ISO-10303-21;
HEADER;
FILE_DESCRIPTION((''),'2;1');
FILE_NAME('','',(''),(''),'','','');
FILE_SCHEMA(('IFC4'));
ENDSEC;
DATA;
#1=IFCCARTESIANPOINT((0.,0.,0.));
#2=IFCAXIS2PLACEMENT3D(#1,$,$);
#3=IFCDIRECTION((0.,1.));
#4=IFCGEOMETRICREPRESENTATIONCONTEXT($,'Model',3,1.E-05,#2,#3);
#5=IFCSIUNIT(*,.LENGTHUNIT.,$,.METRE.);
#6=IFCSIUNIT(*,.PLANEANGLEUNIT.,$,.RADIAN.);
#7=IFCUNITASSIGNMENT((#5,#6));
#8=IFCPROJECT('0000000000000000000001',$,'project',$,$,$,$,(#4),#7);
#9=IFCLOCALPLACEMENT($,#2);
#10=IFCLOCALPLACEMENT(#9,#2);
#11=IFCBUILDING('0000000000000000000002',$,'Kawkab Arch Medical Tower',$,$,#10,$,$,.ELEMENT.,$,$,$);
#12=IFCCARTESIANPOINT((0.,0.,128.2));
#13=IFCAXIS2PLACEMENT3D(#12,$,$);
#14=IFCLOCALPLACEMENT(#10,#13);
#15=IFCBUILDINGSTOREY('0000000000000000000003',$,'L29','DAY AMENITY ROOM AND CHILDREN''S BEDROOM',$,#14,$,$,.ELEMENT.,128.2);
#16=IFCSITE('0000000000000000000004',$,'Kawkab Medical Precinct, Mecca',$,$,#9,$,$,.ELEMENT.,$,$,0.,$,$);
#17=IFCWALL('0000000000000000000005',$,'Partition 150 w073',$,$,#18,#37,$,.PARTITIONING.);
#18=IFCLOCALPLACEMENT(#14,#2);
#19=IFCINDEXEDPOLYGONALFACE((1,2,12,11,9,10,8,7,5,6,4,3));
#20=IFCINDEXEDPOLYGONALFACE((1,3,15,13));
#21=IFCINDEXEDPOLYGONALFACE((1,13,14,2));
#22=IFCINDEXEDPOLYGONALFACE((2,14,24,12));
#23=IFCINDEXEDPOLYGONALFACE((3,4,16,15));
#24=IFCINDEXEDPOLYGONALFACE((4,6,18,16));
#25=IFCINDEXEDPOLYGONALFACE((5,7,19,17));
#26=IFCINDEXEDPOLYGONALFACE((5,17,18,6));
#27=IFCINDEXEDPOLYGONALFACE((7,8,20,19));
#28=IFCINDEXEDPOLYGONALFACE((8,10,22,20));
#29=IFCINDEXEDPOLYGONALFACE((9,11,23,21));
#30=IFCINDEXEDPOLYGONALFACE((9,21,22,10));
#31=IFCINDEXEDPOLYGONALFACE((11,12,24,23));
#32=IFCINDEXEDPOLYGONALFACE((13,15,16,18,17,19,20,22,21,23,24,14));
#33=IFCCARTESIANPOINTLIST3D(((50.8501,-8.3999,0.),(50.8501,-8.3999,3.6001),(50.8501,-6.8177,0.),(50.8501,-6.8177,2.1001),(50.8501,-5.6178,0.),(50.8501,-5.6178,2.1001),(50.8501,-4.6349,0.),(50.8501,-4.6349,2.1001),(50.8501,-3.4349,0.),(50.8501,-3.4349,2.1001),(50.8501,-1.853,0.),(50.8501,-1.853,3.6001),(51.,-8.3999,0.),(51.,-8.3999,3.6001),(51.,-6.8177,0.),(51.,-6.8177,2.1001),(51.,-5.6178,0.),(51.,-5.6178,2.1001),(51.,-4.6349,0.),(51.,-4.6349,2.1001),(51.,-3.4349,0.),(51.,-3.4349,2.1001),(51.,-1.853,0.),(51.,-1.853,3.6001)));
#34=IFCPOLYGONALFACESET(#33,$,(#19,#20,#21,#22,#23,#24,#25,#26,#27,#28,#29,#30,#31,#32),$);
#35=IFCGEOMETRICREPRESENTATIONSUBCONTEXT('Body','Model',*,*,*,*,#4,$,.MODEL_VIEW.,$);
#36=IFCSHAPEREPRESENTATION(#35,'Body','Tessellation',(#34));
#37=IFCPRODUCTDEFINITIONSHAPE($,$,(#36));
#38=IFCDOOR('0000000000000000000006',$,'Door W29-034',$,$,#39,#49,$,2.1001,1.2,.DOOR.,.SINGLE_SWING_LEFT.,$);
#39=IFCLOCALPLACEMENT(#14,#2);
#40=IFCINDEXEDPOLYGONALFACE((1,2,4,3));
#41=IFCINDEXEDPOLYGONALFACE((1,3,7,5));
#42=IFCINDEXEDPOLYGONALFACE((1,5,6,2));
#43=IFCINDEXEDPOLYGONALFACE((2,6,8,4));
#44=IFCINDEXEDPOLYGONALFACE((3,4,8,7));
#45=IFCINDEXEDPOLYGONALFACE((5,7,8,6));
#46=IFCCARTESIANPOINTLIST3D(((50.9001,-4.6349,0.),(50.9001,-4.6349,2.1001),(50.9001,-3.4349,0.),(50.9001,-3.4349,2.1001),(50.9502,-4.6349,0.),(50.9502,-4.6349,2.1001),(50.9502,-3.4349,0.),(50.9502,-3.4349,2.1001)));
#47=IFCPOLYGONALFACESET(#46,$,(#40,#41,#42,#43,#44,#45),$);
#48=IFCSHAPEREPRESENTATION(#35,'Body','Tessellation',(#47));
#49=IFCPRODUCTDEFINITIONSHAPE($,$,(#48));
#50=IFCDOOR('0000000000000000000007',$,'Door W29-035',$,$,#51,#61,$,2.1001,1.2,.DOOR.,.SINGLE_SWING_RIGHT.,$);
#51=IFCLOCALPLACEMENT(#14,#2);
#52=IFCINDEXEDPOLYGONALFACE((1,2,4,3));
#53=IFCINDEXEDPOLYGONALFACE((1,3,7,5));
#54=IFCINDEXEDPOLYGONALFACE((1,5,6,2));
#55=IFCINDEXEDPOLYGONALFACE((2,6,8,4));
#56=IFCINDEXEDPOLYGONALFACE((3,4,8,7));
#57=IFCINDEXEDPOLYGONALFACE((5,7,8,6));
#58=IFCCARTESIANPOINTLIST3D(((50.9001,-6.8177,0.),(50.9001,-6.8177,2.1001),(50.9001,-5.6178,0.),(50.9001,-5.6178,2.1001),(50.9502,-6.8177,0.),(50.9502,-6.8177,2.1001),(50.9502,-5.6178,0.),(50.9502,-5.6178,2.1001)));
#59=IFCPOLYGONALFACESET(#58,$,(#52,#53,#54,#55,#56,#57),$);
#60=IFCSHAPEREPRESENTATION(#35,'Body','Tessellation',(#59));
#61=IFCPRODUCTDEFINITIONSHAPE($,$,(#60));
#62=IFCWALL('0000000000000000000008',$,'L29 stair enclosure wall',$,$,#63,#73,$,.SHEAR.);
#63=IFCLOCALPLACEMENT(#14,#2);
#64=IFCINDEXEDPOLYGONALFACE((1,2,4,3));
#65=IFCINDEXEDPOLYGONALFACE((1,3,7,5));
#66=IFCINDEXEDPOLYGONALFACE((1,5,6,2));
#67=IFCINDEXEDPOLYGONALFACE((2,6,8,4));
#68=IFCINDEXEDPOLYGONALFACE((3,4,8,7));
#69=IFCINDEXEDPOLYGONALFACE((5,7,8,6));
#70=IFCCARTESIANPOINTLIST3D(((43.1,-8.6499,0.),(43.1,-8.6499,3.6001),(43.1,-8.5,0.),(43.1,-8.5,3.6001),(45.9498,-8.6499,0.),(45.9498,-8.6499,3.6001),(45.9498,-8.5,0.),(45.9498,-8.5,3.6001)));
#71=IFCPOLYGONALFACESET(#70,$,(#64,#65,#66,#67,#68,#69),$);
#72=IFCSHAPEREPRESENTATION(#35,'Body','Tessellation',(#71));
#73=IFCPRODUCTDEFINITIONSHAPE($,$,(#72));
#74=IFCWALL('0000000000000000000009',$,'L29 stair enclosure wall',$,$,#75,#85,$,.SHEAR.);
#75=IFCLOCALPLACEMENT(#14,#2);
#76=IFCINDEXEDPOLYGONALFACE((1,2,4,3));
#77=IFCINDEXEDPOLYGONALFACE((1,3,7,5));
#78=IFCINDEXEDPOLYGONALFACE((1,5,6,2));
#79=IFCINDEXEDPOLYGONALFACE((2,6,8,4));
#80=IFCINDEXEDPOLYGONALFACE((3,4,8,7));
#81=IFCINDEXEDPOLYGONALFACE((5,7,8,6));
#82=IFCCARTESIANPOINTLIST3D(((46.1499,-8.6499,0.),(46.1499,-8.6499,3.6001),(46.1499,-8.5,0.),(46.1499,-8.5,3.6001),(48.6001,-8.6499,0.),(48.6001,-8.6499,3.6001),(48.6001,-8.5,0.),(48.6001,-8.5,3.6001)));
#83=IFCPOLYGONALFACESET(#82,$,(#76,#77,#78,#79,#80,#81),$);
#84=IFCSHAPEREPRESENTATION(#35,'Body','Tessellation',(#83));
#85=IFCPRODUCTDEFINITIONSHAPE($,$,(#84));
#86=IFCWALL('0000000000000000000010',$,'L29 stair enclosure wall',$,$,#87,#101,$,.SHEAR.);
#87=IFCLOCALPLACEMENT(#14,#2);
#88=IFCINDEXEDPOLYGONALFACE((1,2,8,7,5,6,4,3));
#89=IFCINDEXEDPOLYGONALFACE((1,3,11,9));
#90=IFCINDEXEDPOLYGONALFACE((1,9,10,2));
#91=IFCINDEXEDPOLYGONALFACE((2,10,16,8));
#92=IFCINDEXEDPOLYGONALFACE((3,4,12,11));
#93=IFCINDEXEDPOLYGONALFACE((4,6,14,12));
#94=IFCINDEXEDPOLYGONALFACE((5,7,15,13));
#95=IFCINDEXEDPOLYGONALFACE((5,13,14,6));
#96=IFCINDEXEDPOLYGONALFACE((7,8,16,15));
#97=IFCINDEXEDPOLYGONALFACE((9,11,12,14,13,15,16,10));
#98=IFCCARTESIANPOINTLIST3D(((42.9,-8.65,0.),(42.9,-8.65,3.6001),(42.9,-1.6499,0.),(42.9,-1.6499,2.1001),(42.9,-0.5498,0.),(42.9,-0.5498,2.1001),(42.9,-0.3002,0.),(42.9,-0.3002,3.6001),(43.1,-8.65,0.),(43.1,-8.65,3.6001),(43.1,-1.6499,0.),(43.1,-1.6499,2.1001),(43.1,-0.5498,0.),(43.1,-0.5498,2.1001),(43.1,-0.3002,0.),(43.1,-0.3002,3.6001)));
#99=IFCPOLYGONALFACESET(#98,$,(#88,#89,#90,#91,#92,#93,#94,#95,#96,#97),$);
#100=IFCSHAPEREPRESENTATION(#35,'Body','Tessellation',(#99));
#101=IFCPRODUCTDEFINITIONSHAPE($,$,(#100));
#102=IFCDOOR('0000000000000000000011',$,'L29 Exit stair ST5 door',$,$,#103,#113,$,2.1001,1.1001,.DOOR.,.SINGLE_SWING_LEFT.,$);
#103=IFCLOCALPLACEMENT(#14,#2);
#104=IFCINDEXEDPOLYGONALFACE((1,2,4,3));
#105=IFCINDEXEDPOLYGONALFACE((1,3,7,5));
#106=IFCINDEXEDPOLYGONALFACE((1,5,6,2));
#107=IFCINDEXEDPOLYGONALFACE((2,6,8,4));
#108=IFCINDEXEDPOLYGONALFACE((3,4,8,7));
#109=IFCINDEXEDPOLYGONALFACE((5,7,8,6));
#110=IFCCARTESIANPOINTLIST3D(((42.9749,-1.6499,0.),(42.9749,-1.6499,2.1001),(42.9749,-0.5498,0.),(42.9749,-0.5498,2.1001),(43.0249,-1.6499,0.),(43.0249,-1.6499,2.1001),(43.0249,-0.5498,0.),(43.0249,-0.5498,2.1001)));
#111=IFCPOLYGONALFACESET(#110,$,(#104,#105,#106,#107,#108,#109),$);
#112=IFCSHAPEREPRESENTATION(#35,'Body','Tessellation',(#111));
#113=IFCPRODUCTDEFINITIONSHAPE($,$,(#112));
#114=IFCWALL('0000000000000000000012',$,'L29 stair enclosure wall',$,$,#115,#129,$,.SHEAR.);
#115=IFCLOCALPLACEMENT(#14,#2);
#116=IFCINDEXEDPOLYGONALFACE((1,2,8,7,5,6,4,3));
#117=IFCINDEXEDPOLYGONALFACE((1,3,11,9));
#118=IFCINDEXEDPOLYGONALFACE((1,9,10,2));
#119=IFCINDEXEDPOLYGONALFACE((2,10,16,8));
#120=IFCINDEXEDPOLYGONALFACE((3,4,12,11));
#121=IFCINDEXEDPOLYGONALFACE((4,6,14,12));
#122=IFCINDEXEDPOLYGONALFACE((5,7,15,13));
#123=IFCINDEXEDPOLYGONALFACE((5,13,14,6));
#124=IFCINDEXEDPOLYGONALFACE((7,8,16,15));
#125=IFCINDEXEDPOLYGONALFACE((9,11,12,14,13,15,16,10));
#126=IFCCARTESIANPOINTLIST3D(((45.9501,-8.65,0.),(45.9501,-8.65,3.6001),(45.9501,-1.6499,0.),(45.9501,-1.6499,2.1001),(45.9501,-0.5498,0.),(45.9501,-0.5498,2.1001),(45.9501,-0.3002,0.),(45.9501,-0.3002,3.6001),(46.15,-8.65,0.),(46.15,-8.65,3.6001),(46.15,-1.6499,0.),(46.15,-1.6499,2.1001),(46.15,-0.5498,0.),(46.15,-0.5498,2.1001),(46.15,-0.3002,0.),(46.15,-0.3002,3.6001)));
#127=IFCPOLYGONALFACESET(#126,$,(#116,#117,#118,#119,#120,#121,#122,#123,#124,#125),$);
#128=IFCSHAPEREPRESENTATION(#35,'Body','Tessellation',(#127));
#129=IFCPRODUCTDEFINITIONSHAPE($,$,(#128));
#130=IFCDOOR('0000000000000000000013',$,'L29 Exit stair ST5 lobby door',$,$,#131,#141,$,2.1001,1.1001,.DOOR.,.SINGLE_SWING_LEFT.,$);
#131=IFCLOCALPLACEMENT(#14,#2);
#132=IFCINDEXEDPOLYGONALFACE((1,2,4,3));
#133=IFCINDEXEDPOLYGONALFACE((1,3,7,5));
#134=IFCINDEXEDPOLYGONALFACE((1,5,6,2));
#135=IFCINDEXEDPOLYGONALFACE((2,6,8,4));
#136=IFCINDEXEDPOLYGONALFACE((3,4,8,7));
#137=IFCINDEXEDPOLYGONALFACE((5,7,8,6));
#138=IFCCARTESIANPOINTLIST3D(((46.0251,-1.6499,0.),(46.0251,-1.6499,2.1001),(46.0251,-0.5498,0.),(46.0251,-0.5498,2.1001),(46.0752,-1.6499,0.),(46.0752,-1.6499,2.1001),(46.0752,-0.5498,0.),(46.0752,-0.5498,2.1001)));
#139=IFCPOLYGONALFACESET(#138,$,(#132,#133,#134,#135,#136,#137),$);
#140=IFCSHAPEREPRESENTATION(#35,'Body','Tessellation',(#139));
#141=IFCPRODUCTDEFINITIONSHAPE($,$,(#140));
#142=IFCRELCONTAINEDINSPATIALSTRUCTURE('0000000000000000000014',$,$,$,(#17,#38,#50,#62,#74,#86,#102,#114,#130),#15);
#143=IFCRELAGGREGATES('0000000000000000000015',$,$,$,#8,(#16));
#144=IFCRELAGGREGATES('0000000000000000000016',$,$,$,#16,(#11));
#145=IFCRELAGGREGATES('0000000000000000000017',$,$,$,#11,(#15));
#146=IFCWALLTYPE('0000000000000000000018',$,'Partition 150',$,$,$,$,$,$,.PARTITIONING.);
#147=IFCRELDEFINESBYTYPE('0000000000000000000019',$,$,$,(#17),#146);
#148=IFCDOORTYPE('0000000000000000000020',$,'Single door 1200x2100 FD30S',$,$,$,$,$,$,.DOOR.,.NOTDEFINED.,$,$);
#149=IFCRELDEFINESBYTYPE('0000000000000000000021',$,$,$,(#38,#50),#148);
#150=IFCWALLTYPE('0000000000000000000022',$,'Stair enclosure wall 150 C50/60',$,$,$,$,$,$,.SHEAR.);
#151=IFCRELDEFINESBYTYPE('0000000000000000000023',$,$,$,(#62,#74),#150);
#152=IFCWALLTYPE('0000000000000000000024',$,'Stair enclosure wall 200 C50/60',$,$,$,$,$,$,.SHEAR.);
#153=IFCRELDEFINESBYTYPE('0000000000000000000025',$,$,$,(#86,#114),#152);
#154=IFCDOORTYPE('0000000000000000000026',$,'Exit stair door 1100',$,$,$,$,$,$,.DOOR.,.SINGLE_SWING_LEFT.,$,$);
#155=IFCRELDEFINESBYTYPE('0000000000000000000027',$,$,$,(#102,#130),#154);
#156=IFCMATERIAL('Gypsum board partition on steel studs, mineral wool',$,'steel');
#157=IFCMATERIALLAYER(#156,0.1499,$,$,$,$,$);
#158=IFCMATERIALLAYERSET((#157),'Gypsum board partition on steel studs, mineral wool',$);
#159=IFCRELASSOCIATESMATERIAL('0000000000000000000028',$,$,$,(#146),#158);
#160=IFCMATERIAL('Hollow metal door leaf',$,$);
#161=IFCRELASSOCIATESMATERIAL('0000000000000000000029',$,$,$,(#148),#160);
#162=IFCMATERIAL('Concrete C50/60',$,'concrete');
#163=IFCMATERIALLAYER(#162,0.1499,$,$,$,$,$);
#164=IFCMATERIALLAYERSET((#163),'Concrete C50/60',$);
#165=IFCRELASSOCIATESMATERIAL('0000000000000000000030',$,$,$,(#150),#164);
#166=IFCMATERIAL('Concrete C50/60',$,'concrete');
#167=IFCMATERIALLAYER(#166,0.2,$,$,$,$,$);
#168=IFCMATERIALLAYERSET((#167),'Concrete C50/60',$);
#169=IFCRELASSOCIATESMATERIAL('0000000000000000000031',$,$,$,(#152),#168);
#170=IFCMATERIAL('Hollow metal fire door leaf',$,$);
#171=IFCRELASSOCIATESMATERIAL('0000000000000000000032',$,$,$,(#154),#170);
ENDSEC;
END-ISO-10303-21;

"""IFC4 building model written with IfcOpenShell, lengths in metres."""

from ifc_helpers import new_model, si_unit, direction, frame, frame_2d, origin, place, context, subcontext, project, spatial, rectangle, extrude, material, layer, layer_set, type_object, element, fill, save


model = new_model("IFC4")

# Units and contexts
model_context = context("Model", 3, precision=1e-05, world=origin(), true_north=direction((0.0, 1.0)))
body_context = subcontext(model_context, "Body", "Model", "MODEL_VIEW")
ifc_project = project(units=[si_unit("LENGTHUNIT", "METRE"), si_unit("PLANEANGLEUNIT", "RADIAN")], contexts=[model_context])

# Site, building, storey
site_placement = place(None, origin())
site = spatial("IfcSite", under=ifc_project, at=site_placement, Name="Kawkab Medical Precinct, Mecca", CompositionType="ELEMENT", RefElevation=0.0)
building_placement = place(site_placement, origin())
building = spatial("IfcBuilding", under=site, at=building_placement, Name="Kawkab Arch Medical Tower", CompositionType="ELEMENT")
storey_placement = place(building_placement, frame((0.0, 0.0, 128.2)))
storey = spatial("IfcBuildingStorey", under=building, at=storey_placement, Name="L29", Description="DAY AMENITY ROOM AND CHILDREN'S BEDROOM", CompositionType="ELEMENT", Elevation=128.2)

# Shared definitions
ifc_material_1 = material(Name="Gypsum board partition on steel studs, mineral wool", Category="steel")
ifc_layer_1 = layer(ifc_material_1, 0.1499)
ifc_layer_set_1 = layer_set([ifc_layer_1], Name="Gypsum board partition on steel studs, mineral wool")
wall_type_1 = type_object("IfcWallType", Name="Partition 150", PredefinedType="PARTITIONING", material=ifc_layer_set_1)

# Wall, openings, doors
wall_1_placement = place(storey_placement, frame((50.925, -8.3999, 0.0), z_axis=(0.0, 0.0, 1.0), x_axis=(0.0, 1.0, 0.0)))
wall_1 = element("IfcWall", 1, at=wall_1_placement, inside=storey, type_object=wall_type_1, Name="Partition 150 w073", PredefinedType="PARTITIONING", context=body_context, shape_type="SweptSolid", body=[
    extrude(rectangle(XDim=6.5469, YDim=0.1499, at=frame_2d((3.2734, 0.0))), origin(), (0.0, 0.0, 1.0), 3.6001),
])
opening_1_placement = place(wall_1_placement, frame((3.7649, 0.0, 0.0)))
opening_1 = element("IfcOpeningElement", 2, at=opening_1_placement, cuts=wall_1, PredefinedType="OPENING", context=body_context, shape_type="SweptSolid", body=[
    extrude(rectangle(XDim=1.2, YDim=2.1001, at=frame_2d((0.6001, 1.05))), frame((0.0, 0.085, 0.0), z_axis=(0.0, -1.0, 0.0), x_axis=(1.0, 0.0, 0.0)), (0.0, 0.0, 1.0), 0.1699),
])
opening_2_placement = place(wall_1_placement, frame((1.582, 0.0, 0.0)))
opening_2 = element("IfcOpeningElement", 3, at=opening_2_placement, cuts=wall_1, PredefinedType="OPENING", context=body_context, shape_type="SweptSolid", body=[
    extrude(rectangle(XDim=1.2, YDim=2.1001, at=frame_2d((0.6001, 1.05))), frame((0.0, 0.085, 0.0), z_axis=(0.0, -1.0, 0.0), x_axis=(1.0, 0.0, 0.0)), (0.0, 0.0, 1.0), 0.1699),
])
ifc_material_2 = material(Name="Hollow metal door leaf")
door_type_1 = type_object("IfcDoorType", Name="Single door 1200x2100 FD30S", OperationType="NOTDEFINED", PredefinedType="DOOR", material=ifc_material_2)
door_1_placement = place(opening_1_placement, origin())
door_1 = element("IfcDoor", 4, at=door_1_placement, inside=storey, type_object=door_type_1, Name="Door W29-034", OperationType="SINGLE_SWING_LEFT", OverallHeight=2.1001, OverallWidth=1.2, PredefinedType="DOOR", context=body_context, shape_type="SweptSolid", body=[
    extrude(rectangle(XDim=1.2, YDim=2.1001, at=frame_2d((0.6001, 1.05))), frame((0.0, 0.0249, 0.0), z_axis=(0.0, -1.0, 0.0), x_axis=(1.0, 0.0, 0.0)), (0.0, 0.0, 1.0), 0.05),
])
fill(opening_1, door_1)
door_2_placement = place(opening_2_placement, origin())
door_2 = element("IfcDoor", 5, at=door_2_placement, inside=storey, type_object=door_type_1, Name="Door W29-035", OperationType="SINGLE_SWING_RIGHT", OverallHeight=2.1001, OverallWidth=1.2, PredefinedType="DOOR", context=body_context, shape_type="SweptSolid", body=[
    extrude(rectangle(XDim=1.2, YDim=2.1001, at=frame_2d((0.6001, 1.05))), frame((0.0, 0.0249, 0.0), z_axis=(0.0, -1.0, 0.0), x_axis=(1.0, 0.0, 0.0)), (0.0, 0.0, 1.0), 0.05),
])
fill(opening_2, door_2)

# Walls
ifc_material_3 = material(Name="Concrete C50/60", Category="concrete")
ifc_layer_2 = layer(ifc_material_3, 0.1499)
ifc_layer_set_2 = layer_set([ifc_layer_2], Name="Concrete C50/60")
wall_type_2 = type_object("IfcWallType", Name="Stair enclosure wall 150 C50/60", PredefinedType="SHEAR", material=ifc_layer_set_2)
wall_2_placement = place(storey_placement, frame((43.1001, -8.575, 0.0), z_axis=(0.0, 0.0, 1.0), x_axis=(1.0, 0.0, 0.0)))
element("IfcWall", 6, at=wall_2_placement, inside=storey, type_object=wall_type_2, Name="L29 stair enclosure wall", PredefinedType="SHEAR", context=body_context, shape_type="SweptSolid", body=[
    extrude(rectangle(XDim=2.8499, YDim=0.1499, at=frame_2d((1.4248, 0.0))), origin(), (0.0, 0.0, 1.0), 3.6001),
])
wall_3_placement = place(storey_placement, frame((46.1499, -8.575, 0.0), z_axis=(0.0, 0.0, 1.0), x_axis=(1.0, 0.0, 0.0)))
element("IfcWall", 7, at=wall_3_placement, inside=storey, type_object=wall_type_2, Name="L29 stair enclosure wall", PredefinedType="SHEAR", context=body_context, shape_type="SweptSolid", body=[
    extrude(rectangle(XDim=2.4502, YDim=0.1499, at=frame_2d((1.2251, 0.0))), origin(), (0.0, 0.0, 1.0), 3.6001),
])

# Walls, openings, doors
ifc_material_4 = material(Name="Concrete C50/60", Category="concrete")
ifc_layer_3 = layer(ifc_material_4, 0.2)
ifc_layer_set_3 = layer_set([ifc_layer_3], Name="Concrete C50/60")
wall_type_3 = type_object("IfcWallType", Name="Stair enclosure wall 200 C50/60", PredefinedType="SHEAR", material=ifc_layer_set_3)
wall_4_placement = place(storey_placement, frame((43.0, -8.6499, 0.0), z_axis=(0.0, 0.0, 1.0), x_axis=(0.0, 1.0, 0.0)))
wall_4 = element("IfcWall", 8, at=wall_4_placement, inside=storey, type_object=wall_type_3, Name="L29 stair enclosure wall", PredefinedType="SHEAR", context=body_context, shape_type="SweptSolid", body=[
    extrude(rectangle(XDim=8.3499, YDim=0.2, at=frame_2d((4.1748, 0.0))), origin(), (0.0, 0.0, 1.0), 3.6001),
])
opening_3_placement = place(wall_4_placement, frame((7.0, 0.0, 0.0)))
opening_3 = element("IfcOpeningElement", 9, at=opening_3_placement, cuts=wall_4, PredefinedType="OPENING", context=body_context, shape_type="SweptSolid", body=[
    extrude(rectangle(XDim=1.1001, YDim=2.1001, at=frame_2d((0.55, 1.05))), frame((0.0, 0.1099, 0.0), z_axis=(0.0, -1.0, 0.0), x_axis=(1.0, 0.0, 0.0)), (0.0, 0.0, 1.0), 0.22),
])
ifc_material_5 = material(Name="Hollow metal fire door leaf")
door_type_2 = type_object("IfcDoorType", Name="Exit stair door 1100", OperationType="SINGLE_SWING_LEFT", PredefinedType="DOOR", material=ifc_material_5)
door_3_placement = place(opening_3_placement, frame((1.1001, 0.0, 0.0), z_axis=(0.0, 0.0, 1.0), x_axis=(-1.0, 0.0, 0.0)))
door_3 = element("IfcDoor", 10, at=door_3_placement, inside=storey, type_object=door_type_2, Name="L29 Exit stair ST5 door", OperationType="SINGLE_SWING_LEFT", OverallHeight=2.1001, OverallWidth=1.1001, PredefinedType="DOOR", context=body_context, shape_type="SweptSolid", body=[
    extrude(rectangle(XDim=1.1001, YDim=2.1001, at=frame_2d((0.55, 1.05))), frame((0.0, 0.0249, 0.0), z_axis=(0.0, -1.0, 0.0), x_axis=(1.0, 0.0, 0.0)), (0.0, 0.0, 1.0), 0.05),
])
fill(opening_3, door_3)
wall_5_placement = place(storey_placement, frame((46.05, -8.6499, 0.0), z_axis=(0.0, 0.0, 1.0), x_axis=(0.0, 1.0, 0.0)))
wall_5 = element("IfcWall", 11, at=wall_5_placement, inside=storey, type_object=wall_type_3, Name="L29 stair enclosure wall", PredefinedType="SHEAR", context=body_context, shape_type="SweptSolid", body=[
    extrude(rectangle(XDim=8.3499, YDim=0.2, at=frame_2d((4.1748, 0.0))), origin(), (0.0, 0.0, 1.0), 3.6001),
])
opening_4_placement = place(wall_5_placement, frame((7.0, 0.0, 0.0)))
opening_4 = element("IfcOpeningElement", 12, at=opening_4_placement, cuts=wall_5, PredefinedType="OPENING", context=body_context, shape_type="SweptSolid", body=[
    extrude(rectangle(XDim=1.1001, YDim=2.1001, at=frame_2d((0.55, 1.05))), frame((0.0, 0.1099, 0.0), z_axis=(0.0, -1.0, 0.0), x_axis=(1.0, 0.0, 0.0)), (0.0, 0.0, 1.0), 0.22),
])
door_4_placement = place(opening_4_placement, origin())
door_4 = element("IfcDoor", 13, at=door_4_placement, inside=storey, type_object=door_type_2, Name="L29 Exit stair ST5 lobby door", OperationType="SINGLE_SWING_LEFT", OverallHeight=2.1001, OverallWidth=1.1001, PredefinedType="DOOR", context=body_context, shape_type="SweptSolid", body=[
    extrude(rectangle(XDim=1.1001, YDim=2.1001, at=frame_2d((0.55, 1.05))), frame((0.0, 0.0249, 0.0), z_axis=(0.0, -1.0, 0.0), x_axis=(1.0, 0.0, 0.0)), (0.0, 0.0, 1.0), 0.05),
])
fill(opening_4, door_4)

save(model, "model.ifc")
